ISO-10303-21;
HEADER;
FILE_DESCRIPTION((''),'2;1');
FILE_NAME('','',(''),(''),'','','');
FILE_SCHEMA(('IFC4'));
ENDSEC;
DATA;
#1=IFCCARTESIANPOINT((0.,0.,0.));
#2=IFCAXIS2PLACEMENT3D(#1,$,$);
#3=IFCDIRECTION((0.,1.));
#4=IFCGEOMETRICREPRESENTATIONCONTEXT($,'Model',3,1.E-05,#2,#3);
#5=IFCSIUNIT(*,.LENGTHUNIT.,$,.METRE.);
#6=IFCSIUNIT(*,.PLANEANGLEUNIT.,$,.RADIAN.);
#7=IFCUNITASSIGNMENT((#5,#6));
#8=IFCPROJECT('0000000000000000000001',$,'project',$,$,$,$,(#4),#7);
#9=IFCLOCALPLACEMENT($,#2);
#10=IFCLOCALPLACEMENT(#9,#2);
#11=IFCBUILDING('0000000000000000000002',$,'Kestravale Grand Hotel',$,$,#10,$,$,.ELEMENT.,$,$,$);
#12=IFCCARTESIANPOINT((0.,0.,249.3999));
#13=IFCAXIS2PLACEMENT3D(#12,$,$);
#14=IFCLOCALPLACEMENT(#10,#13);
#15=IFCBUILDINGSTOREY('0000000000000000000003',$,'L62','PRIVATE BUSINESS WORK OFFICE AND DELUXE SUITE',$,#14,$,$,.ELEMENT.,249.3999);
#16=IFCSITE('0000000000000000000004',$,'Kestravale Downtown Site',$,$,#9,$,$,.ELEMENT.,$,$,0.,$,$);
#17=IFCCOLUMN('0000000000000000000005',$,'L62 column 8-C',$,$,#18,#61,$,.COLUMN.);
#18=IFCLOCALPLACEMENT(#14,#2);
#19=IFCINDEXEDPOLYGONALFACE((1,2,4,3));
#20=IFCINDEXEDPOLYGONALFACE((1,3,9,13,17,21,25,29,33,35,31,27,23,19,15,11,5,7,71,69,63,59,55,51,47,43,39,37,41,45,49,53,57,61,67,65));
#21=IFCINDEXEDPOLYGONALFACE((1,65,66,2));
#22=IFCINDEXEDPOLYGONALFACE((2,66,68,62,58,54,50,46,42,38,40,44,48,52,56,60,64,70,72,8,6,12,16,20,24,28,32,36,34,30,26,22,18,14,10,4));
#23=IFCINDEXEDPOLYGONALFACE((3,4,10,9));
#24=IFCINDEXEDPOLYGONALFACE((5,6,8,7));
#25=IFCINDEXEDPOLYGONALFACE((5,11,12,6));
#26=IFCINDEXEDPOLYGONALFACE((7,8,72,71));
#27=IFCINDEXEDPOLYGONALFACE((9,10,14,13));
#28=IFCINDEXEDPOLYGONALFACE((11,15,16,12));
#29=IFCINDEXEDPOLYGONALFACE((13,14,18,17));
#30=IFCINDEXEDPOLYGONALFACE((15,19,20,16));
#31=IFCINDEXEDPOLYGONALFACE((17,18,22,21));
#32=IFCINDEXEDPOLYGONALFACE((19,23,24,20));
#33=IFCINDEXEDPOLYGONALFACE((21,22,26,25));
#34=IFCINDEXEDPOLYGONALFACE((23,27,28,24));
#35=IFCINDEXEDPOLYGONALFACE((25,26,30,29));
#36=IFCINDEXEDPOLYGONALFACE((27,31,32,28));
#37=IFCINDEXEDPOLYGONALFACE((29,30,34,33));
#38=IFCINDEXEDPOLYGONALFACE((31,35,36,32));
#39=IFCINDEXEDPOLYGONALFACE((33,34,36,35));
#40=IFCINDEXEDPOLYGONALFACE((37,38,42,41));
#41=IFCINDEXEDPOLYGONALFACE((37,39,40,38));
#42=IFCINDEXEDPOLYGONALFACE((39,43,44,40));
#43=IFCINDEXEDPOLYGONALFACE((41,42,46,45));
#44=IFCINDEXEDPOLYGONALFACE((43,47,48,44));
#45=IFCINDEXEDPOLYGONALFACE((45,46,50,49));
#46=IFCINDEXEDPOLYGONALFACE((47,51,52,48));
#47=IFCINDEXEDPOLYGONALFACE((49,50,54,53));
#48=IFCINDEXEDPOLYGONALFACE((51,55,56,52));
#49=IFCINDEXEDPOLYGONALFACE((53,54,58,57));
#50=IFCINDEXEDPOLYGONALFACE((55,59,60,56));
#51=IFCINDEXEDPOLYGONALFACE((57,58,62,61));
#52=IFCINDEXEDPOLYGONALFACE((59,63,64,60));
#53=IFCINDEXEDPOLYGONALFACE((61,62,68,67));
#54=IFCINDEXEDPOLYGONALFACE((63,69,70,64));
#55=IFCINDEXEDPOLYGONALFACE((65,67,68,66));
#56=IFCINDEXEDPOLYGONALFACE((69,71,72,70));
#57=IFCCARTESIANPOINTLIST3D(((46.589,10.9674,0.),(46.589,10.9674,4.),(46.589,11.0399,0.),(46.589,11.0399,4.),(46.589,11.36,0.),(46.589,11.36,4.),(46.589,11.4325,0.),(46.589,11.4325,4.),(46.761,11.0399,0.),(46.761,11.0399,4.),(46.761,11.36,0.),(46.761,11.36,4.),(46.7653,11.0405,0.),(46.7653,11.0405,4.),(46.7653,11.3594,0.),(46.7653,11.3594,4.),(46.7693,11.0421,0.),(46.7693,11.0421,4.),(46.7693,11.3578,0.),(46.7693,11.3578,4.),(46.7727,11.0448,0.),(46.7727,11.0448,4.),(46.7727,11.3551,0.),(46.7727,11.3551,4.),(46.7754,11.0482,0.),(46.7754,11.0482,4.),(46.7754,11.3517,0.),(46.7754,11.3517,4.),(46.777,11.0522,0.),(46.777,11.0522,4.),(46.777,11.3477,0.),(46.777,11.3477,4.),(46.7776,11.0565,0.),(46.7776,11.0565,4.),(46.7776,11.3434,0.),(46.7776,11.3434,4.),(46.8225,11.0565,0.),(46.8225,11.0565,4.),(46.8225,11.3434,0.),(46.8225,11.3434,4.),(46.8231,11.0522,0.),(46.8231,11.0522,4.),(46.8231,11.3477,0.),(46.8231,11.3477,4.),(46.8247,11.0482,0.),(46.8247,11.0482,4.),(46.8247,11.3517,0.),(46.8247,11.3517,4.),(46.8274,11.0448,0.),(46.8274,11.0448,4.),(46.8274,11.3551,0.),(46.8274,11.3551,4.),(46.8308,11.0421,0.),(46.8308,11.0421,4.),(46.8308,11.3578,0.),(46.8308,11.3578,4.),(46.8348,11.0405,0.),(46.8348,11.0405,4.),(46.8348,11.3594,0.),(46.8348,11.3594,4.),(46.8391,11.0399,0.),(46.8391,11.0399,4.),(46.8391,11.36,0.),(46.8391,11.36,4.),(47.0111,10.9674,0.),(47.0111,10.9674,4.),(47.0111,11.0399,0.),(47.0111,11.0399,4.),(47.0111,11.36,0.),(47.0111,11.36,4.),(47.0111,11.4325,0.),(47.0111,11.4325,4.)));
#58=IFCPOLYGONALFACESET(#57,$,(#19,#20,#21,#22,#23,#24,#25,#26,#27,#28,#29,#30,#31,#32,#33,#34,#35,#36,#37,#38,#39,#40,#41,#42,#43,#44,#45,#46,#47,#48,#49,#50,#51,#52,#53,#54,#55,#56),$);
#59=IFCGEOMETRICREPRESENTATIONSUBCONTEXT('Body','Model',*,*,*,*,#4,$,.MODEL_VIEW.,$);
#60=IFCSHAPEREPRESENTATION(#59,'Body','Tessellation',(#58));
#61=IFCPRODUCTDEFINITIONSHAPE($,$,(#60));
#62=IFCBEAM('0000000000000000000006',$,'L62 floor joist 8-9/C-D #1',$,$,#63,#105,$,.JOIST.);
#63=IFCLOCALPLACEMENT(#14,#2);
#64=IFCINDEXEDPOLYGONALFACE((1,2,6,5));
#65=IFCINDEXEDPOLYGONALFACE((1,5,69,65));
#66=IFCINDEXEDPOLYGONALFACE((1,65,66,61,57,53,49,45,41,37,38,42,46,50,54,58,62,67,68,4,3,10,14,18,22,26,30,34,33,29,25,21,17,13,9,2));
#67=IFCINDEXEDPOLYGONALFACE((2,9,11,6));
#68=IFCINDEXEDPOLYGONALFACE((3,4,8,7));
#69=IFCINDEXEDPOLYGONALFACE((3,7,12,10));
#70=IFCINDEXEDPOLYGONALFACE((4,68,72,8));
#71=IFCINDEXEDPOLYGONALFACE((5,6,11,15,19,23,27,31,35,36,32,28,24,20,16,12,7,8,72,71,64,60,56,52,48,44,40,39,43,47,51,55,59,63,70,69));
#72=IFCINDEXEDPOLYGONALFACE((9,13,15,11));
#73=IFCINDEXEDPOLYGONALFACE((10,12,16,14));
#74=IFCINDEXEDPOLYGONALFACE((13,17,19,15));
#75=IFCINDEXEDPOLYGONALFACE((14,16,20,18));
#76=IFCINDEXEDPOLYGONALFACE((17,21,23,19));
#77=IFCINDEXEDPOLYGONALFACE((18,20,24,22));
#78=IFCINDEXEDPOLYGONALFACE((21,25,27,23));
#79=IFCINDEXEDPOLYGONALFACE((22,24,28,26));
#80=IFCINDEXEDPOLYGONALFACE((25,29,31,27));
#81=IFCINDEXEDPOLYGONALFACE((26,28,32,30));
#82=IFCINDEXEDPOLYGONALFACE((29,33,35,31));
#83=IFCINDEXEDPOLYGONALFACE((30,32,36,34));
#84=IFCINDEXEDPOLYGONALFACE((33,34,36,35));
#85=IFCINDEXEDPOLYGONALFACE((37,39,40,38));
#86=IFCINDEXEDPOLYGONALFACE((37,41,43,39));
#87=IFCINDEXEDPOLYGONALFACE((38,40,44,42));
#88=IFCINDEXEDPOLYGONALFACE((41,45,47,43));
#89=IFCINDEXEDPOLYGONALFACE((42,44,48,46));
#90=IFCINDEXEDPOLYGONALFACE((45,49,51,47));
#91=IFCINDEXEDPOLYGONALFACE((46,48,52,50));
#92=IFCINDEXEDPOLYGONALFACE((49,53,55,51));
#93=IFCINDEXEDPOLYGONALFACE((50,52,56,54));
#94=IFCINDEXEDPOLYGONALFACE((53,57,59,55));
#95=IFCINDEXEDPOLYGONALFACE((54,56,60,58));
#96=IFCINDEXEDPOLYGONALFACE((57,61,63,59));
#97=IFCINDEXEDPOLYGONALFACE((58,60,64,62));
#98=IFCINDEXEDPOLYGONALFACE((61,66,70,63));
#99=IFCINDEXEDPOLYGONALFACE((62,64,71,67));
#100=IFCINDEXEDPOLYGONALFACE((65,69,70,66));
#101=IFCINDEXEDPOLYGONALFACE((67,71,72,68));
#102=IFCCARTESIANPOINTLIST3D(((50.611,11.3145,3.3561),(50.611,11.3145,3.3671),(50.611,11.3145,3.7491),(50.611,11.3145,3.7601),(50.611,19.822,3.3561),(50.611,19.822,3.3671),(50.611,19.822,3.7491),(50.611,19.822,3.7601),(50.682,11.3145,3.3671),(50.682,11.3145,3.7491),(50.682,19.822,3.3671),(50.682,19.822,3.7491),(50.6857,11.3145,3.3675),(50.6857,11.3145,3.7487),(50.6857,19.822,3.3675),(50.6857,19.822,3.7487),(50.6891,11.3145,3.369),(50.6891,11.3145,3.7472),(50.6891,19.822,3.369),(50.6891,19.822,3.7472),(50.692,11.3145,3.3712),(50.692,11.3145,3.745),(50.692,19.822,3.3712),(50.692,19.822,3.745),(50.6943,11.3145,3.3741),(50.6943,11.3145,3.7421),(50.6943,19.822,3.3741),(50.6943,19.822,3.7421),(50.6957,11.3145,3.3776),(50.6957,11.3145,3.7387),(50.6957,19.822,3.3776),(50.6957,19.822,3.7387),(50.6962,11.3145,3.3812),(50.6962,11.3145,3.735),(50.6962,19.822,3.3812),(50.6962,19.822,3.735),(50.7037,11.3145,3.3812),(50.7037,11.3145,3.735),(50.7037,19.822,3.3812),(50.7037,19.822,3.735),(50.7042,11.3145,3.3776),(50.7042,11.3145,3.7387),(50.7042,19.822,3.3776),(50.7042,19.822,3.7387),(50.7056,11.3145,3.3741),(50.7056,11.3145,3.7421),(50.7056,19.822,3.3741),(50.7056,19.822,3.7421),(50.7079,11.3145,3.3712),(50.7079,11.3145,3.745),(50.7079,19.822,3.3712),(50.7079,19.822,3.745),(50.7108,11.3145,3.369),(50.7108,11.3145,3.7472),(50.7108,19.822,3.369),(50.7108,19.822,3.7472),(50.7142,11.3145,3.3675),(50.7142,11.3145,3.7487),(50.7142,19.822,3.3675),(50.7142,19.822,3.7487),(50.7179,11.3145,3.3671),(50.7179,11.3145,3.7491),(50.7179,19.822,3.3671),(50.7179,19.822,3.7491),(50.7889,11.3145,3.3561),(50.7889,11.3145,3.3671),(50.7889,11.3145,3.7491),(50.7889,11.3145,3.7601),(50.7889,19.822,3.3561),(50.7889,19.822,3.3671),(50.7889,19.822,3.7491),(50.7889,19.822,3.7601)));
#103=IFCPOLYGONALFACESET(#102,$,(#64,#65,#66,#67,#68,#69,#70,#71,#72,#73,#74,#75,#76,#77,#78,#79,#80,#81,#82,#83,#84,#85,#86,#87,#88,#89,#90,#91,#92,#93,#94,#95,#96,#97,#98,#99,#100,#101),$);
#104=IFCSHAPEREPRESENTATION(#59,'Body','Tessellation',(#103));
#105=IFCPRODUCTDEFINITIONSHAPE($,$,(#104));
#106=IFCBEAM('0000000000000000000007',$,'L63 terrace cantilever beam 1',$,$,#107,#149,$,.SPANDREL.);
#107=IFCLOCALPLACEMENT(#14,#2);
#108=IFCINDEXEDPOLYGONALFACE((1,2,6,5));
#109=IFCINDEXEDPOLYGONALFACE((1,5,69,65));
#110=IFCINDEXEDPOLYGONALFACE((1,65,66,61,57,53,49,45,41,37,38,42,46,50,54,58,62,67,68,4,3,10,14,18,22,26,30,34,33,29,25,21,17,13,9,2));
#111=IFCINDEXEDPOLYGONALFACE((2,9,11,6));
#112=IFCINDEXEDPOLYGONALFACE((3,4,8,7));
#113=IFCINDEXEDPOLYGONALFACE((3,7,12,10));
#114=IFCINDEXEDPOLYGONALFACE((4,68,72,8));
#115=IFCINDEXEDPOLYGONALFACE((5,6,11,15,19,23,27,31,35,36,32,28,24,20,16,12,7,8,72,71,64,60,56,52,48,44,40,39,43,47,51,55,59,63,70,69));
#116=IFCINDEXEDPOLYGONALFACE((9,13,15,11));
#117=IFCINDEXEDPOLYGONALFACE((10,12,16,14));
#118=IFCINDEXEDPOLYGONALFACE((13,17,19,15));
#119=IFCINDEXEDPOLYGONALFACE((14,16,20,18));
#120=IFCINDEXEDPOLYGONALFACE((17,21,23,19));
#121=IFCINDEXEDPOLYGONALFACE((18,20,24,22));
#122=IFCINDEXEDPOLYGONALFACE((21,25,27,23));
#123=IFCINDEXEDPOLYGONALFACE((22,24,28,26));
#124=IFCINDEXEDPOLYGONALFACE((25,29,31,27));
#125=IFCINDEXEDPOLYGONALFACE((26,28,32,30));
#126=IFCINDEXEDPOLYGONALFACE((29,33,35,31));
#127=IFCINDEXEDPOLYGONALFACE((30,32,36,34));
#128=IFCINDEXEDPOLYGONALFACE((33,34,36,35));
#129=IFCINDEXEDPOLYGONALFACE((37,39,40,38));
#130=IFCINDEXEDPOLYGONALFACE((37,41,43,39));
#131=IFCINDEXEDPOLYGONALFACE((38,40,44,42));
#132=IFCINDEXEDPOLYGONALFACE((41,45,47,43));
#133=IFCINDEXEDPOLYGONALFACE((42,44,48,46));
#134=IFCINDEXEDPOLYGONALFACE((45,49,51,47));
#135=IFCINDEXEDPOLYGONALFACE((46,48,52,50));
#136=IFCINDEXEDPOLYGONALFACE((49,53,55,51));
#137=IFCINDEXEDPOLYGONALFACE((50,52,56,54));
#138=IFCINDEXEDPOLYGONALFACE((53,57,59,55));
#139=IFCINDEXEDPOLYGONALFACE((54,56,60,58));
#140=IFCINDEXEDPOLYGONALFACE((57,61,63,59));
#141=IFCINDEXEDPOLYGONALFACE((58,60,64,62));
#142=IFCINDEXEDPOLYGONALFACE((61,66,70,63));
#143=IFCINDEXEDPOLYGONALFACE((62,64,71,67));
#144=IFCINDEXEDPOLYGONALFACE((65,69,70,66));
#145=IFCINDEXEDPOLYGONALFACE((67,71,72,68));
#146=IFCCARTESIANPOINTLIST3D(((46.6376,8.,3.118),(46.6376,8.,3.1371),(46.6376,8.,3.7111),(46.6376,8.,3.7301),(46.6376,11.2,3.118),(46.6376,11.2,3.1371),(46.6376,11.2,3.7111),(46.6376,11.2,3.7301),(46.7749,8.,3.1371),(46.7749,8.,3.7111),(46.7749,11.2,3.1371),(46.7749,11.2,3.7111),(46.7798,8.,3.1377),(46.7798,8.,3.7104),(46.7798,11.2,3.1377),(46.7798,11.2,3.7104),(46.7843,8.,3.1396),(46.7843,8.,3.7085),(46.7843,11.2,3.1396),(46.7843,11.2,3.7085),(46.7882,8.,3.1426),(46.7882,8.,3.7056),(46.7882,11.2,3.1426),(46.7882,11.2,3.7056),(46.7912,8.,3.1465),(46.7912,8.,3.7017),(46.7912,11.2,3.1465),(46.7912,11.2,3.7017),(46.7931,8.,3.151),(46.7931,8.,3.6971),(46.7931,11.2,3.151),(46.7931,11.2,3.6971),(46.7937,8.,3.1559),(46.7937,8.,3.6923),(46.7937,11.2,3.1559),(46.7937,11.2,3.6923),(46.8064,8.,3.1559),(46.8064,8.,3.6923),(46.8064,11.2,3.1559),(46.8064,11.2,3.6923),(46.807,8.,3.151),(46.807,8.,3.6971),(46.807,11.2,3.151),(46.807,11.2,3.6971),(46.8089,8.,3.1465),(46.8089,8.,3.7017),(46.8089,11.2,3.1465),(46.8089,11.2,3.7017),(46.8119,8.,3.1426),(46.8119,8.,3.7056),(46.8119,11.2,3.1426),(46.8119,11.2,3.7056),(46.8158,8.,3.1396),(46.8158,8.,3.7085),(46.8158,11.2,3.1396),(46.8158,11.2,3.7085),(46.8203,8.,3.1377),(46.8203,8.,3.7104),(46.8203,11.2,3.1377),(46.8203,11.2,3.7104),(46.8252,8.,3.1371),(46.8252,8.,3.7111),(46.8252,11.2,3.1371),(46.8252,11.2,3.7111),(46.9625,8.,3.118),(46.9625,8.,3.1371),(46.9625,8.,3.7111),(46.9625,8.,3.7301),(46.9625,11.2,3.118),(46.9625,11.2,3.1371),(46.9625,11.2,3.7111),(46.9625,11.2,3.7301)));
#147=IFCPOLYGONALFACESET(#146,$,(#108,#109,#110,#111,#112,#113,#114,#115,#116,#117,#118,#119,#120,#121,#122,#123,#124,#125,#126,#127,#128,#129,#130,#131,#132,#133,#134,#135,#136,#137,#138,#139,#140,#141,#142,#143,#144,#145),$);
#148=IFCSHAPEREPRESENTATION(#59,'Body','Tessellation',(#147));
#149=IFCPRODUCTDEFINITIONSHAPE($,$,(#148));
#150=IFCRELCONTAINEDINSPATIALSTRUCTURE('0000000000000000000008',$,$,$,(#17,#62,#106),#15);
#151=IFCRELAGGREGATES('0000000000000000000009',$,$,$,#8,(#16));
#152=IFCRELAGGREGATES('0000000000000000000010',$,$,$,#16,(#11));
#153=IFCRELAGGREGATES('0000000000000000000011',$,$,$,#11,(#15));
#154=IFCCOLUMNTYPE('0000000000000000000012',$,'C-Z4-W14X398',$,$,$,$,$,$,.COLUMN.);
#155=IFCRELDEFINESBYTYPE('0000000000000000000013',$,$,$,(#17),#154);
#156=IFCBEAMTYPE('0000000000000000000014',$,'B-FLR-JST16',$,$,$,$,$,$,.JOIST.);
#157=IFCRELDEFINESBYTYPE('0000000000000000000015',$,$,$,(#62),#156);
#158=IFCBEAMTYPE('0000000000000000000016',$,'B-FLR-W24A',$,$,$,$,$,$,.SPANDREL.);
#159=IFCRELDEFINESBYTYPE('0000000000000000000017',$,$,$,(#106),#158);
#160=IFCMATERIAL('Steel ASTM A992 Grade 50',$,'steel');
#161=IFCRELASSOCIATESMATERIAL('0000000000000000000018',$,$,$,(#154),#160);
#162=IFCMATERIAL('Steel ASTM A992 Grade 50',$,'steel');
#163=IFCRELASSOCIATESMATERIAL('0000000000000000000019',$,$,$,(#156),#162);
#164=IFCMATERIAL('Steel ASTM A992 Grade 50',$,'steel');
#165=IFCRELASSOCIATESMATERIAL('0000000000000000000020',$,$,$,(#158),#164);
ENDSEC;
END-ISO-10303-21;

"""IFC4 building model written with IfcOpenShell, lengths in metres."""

from ifc_helpers import new_model, si_unit, direction, frame, origin, origin_2d, place, context, subcontext, project, spatial, i_section, extrude, material, material_profile, profile_set, type_object, element, save


model = new_model("IFC4")

# Units and contexts
model_context = context("Model", 3, precision=1e-05, world=origin(), true_north=direction((0.0, 1.0)))
body_context = subcontext(model_context, "Body", "Model", "MODEL_VIEW")
ifc_project = project(units=[si_unit("LENGTHUNIT", "METRE"), si_unit("PLANEANGLEUNIT", "RADIAN")], contexts=[model_context])

# Site, building, storey
site_placement = place(None, origin())
site = spatial("IfcSite", under=ifc_project, at=site_placement, Name="Kestravale Downtown Site", CompositionType="ELEMENT", RefElevation=0.0)
building_placement = place(site_placement, origin())
building = spatial("IfcBuilding", under=site, at=building_placement, Name="Kestravale Grand Hotel", CompositionType="ELEMENT")
storey_placement = place(building_placement, frame((0.0, 0.0, 249.3999)))
storey = spatial("IfcBuildingStorey", under=building, at=storey_placement, Name="L62", Description="PRIVATE BUSINESS WORK OFFICE AND DELUXE SUITE", CompositionType="ELEMENT", Elevation=249.3999)

# Column
ifc_material_1 = material(Name="Steel ASTM A992 Grade 50", Category="steel")
ifc_material_profile_1 = material_profile(ifc_material_1, i_section(OverallWidth=0.4221, OverallDepth=0.4651, WebThickness=0.0449, FlangeThickness=0.0725, FilletRadius=0.0166, at=origin_2d()))
ifc_profile_set_1 = profile_set([ifc_material_profile_1], Name="Steel ASTM A992 Grade 50")
column_type = type_object("IfcColumnType", Name="C-Z4-W14X398", PredefinedType="COLUMN", material=ifc_profile_set_1)
column_placement = place(storey_placement, frame((46.8, 11.2, 0.0), z_axis=(0.0, 0.0, 1.0), x_axis=(1.0, 0.0, 0.0)))
element("IfcColumn", 1, at=column_placement, inside=storey, type_object=column_type, Name="L62 column 8-C", PredefinedType="COLUMN", context=body_context, shape_type="SweptSolid", body=[
    extrude(i_section(OverallWidth=0.4221, OverallDepth=0.4651, WebThickness=0.0449, FlangeThickness=0.0725, FilletRadius=0.0166, at=origin_2d()), origin(), (0.0, 0.0, 1.0), 4.0),
])

# Beams
ifc_material_2 = material(Name="Steel ASTM A992 Grade 50", Category="steel")
ifc_material_profile_2 = material_profile(ifc_material_2, i_section(OverallWidth=0.178, OverallDepth=0.4041, WebThickness=0.0076, FlangeThickness=0.011, FilletRadius=0.0142, at=origin_2d()))
ifc_profile_set_2 = profile_set([ifc_material_profile_2], Name="Steel ASTM A992 Grade 50")
beam_type_1 = type_object("IfcBeamType", Name="B-FLR-JST16", PredefinedType="JOIST", material=ifc_profile_set_2)
beam_1_placement = place(storey_placement, frame((50.7, 11.3145, 3.5581), z_axis=(0.0, 1.0, 0.0), x_axis=(-1.0, 0.0, 0.0)))
element("IfcBeam", 2, at=beam_1_placement, inside=storey, type_object=beam_type_1, Name="L62 floor joist 8-9/C-D #1", PredefinedType="JOIST", context=body_context, shape_type="SweptSolid", body=[
    extrude(i_section(OverallWidth=0.178, OverallDepth=0.4041, WebThickness=0.0076, FlangeThickness=0.011, FilletRadius=0.0142, at=origin_2d()), origin(), (0.0, 0.0, 1.0), 8.5076),
])
ifc_material_3 = material(Name="Steel ASTM A992 Grade 50", Category="steel")
ifc_material_profile_3 = material_profile(ifc_material_3, i_section(OverallWidth=0.325, OverallDepth=0.6121, WebThickness=0.0127, FlangeThickness=0.019, FilletRadius=0.0188, at=origin_2d()))
ifc_profile_set_3 = profile_set([ifc_material_profile_3], Name="Steel ASTM A992 Grade 50")
beam_type_2 = type_object("IfcBeamType", Name="B-FLR-W24A", PredefinedType="SPANDREL", material=ifc_profile_set_3)
beam_2_placement = place(storey_placement, frame((46.8, 11.2, 3.4241), z_axis=(0.0, -1.0, 0.0), x_axis=(1.0, 0.0, 0.0)))
element("IfcBeam", 3, at=beam_2_placement, inside=storey, type_object=beam_type_2, Name="L63 terrace cantilever beam 1", PredefinedType="SPANDREL", context=body_context, shape_type="SweptSolid", body=[
    extrude(i_section(OverallWidth=0.325, OverallDepth=0.6121, WebThickness=0.0127, FlangeThickness=0.019, FilletRadius=0.0188, at=origin_2d()), origin(), (0.0, 0.0, 1.0), 3.2),
])

save(model, "model.ifc")
